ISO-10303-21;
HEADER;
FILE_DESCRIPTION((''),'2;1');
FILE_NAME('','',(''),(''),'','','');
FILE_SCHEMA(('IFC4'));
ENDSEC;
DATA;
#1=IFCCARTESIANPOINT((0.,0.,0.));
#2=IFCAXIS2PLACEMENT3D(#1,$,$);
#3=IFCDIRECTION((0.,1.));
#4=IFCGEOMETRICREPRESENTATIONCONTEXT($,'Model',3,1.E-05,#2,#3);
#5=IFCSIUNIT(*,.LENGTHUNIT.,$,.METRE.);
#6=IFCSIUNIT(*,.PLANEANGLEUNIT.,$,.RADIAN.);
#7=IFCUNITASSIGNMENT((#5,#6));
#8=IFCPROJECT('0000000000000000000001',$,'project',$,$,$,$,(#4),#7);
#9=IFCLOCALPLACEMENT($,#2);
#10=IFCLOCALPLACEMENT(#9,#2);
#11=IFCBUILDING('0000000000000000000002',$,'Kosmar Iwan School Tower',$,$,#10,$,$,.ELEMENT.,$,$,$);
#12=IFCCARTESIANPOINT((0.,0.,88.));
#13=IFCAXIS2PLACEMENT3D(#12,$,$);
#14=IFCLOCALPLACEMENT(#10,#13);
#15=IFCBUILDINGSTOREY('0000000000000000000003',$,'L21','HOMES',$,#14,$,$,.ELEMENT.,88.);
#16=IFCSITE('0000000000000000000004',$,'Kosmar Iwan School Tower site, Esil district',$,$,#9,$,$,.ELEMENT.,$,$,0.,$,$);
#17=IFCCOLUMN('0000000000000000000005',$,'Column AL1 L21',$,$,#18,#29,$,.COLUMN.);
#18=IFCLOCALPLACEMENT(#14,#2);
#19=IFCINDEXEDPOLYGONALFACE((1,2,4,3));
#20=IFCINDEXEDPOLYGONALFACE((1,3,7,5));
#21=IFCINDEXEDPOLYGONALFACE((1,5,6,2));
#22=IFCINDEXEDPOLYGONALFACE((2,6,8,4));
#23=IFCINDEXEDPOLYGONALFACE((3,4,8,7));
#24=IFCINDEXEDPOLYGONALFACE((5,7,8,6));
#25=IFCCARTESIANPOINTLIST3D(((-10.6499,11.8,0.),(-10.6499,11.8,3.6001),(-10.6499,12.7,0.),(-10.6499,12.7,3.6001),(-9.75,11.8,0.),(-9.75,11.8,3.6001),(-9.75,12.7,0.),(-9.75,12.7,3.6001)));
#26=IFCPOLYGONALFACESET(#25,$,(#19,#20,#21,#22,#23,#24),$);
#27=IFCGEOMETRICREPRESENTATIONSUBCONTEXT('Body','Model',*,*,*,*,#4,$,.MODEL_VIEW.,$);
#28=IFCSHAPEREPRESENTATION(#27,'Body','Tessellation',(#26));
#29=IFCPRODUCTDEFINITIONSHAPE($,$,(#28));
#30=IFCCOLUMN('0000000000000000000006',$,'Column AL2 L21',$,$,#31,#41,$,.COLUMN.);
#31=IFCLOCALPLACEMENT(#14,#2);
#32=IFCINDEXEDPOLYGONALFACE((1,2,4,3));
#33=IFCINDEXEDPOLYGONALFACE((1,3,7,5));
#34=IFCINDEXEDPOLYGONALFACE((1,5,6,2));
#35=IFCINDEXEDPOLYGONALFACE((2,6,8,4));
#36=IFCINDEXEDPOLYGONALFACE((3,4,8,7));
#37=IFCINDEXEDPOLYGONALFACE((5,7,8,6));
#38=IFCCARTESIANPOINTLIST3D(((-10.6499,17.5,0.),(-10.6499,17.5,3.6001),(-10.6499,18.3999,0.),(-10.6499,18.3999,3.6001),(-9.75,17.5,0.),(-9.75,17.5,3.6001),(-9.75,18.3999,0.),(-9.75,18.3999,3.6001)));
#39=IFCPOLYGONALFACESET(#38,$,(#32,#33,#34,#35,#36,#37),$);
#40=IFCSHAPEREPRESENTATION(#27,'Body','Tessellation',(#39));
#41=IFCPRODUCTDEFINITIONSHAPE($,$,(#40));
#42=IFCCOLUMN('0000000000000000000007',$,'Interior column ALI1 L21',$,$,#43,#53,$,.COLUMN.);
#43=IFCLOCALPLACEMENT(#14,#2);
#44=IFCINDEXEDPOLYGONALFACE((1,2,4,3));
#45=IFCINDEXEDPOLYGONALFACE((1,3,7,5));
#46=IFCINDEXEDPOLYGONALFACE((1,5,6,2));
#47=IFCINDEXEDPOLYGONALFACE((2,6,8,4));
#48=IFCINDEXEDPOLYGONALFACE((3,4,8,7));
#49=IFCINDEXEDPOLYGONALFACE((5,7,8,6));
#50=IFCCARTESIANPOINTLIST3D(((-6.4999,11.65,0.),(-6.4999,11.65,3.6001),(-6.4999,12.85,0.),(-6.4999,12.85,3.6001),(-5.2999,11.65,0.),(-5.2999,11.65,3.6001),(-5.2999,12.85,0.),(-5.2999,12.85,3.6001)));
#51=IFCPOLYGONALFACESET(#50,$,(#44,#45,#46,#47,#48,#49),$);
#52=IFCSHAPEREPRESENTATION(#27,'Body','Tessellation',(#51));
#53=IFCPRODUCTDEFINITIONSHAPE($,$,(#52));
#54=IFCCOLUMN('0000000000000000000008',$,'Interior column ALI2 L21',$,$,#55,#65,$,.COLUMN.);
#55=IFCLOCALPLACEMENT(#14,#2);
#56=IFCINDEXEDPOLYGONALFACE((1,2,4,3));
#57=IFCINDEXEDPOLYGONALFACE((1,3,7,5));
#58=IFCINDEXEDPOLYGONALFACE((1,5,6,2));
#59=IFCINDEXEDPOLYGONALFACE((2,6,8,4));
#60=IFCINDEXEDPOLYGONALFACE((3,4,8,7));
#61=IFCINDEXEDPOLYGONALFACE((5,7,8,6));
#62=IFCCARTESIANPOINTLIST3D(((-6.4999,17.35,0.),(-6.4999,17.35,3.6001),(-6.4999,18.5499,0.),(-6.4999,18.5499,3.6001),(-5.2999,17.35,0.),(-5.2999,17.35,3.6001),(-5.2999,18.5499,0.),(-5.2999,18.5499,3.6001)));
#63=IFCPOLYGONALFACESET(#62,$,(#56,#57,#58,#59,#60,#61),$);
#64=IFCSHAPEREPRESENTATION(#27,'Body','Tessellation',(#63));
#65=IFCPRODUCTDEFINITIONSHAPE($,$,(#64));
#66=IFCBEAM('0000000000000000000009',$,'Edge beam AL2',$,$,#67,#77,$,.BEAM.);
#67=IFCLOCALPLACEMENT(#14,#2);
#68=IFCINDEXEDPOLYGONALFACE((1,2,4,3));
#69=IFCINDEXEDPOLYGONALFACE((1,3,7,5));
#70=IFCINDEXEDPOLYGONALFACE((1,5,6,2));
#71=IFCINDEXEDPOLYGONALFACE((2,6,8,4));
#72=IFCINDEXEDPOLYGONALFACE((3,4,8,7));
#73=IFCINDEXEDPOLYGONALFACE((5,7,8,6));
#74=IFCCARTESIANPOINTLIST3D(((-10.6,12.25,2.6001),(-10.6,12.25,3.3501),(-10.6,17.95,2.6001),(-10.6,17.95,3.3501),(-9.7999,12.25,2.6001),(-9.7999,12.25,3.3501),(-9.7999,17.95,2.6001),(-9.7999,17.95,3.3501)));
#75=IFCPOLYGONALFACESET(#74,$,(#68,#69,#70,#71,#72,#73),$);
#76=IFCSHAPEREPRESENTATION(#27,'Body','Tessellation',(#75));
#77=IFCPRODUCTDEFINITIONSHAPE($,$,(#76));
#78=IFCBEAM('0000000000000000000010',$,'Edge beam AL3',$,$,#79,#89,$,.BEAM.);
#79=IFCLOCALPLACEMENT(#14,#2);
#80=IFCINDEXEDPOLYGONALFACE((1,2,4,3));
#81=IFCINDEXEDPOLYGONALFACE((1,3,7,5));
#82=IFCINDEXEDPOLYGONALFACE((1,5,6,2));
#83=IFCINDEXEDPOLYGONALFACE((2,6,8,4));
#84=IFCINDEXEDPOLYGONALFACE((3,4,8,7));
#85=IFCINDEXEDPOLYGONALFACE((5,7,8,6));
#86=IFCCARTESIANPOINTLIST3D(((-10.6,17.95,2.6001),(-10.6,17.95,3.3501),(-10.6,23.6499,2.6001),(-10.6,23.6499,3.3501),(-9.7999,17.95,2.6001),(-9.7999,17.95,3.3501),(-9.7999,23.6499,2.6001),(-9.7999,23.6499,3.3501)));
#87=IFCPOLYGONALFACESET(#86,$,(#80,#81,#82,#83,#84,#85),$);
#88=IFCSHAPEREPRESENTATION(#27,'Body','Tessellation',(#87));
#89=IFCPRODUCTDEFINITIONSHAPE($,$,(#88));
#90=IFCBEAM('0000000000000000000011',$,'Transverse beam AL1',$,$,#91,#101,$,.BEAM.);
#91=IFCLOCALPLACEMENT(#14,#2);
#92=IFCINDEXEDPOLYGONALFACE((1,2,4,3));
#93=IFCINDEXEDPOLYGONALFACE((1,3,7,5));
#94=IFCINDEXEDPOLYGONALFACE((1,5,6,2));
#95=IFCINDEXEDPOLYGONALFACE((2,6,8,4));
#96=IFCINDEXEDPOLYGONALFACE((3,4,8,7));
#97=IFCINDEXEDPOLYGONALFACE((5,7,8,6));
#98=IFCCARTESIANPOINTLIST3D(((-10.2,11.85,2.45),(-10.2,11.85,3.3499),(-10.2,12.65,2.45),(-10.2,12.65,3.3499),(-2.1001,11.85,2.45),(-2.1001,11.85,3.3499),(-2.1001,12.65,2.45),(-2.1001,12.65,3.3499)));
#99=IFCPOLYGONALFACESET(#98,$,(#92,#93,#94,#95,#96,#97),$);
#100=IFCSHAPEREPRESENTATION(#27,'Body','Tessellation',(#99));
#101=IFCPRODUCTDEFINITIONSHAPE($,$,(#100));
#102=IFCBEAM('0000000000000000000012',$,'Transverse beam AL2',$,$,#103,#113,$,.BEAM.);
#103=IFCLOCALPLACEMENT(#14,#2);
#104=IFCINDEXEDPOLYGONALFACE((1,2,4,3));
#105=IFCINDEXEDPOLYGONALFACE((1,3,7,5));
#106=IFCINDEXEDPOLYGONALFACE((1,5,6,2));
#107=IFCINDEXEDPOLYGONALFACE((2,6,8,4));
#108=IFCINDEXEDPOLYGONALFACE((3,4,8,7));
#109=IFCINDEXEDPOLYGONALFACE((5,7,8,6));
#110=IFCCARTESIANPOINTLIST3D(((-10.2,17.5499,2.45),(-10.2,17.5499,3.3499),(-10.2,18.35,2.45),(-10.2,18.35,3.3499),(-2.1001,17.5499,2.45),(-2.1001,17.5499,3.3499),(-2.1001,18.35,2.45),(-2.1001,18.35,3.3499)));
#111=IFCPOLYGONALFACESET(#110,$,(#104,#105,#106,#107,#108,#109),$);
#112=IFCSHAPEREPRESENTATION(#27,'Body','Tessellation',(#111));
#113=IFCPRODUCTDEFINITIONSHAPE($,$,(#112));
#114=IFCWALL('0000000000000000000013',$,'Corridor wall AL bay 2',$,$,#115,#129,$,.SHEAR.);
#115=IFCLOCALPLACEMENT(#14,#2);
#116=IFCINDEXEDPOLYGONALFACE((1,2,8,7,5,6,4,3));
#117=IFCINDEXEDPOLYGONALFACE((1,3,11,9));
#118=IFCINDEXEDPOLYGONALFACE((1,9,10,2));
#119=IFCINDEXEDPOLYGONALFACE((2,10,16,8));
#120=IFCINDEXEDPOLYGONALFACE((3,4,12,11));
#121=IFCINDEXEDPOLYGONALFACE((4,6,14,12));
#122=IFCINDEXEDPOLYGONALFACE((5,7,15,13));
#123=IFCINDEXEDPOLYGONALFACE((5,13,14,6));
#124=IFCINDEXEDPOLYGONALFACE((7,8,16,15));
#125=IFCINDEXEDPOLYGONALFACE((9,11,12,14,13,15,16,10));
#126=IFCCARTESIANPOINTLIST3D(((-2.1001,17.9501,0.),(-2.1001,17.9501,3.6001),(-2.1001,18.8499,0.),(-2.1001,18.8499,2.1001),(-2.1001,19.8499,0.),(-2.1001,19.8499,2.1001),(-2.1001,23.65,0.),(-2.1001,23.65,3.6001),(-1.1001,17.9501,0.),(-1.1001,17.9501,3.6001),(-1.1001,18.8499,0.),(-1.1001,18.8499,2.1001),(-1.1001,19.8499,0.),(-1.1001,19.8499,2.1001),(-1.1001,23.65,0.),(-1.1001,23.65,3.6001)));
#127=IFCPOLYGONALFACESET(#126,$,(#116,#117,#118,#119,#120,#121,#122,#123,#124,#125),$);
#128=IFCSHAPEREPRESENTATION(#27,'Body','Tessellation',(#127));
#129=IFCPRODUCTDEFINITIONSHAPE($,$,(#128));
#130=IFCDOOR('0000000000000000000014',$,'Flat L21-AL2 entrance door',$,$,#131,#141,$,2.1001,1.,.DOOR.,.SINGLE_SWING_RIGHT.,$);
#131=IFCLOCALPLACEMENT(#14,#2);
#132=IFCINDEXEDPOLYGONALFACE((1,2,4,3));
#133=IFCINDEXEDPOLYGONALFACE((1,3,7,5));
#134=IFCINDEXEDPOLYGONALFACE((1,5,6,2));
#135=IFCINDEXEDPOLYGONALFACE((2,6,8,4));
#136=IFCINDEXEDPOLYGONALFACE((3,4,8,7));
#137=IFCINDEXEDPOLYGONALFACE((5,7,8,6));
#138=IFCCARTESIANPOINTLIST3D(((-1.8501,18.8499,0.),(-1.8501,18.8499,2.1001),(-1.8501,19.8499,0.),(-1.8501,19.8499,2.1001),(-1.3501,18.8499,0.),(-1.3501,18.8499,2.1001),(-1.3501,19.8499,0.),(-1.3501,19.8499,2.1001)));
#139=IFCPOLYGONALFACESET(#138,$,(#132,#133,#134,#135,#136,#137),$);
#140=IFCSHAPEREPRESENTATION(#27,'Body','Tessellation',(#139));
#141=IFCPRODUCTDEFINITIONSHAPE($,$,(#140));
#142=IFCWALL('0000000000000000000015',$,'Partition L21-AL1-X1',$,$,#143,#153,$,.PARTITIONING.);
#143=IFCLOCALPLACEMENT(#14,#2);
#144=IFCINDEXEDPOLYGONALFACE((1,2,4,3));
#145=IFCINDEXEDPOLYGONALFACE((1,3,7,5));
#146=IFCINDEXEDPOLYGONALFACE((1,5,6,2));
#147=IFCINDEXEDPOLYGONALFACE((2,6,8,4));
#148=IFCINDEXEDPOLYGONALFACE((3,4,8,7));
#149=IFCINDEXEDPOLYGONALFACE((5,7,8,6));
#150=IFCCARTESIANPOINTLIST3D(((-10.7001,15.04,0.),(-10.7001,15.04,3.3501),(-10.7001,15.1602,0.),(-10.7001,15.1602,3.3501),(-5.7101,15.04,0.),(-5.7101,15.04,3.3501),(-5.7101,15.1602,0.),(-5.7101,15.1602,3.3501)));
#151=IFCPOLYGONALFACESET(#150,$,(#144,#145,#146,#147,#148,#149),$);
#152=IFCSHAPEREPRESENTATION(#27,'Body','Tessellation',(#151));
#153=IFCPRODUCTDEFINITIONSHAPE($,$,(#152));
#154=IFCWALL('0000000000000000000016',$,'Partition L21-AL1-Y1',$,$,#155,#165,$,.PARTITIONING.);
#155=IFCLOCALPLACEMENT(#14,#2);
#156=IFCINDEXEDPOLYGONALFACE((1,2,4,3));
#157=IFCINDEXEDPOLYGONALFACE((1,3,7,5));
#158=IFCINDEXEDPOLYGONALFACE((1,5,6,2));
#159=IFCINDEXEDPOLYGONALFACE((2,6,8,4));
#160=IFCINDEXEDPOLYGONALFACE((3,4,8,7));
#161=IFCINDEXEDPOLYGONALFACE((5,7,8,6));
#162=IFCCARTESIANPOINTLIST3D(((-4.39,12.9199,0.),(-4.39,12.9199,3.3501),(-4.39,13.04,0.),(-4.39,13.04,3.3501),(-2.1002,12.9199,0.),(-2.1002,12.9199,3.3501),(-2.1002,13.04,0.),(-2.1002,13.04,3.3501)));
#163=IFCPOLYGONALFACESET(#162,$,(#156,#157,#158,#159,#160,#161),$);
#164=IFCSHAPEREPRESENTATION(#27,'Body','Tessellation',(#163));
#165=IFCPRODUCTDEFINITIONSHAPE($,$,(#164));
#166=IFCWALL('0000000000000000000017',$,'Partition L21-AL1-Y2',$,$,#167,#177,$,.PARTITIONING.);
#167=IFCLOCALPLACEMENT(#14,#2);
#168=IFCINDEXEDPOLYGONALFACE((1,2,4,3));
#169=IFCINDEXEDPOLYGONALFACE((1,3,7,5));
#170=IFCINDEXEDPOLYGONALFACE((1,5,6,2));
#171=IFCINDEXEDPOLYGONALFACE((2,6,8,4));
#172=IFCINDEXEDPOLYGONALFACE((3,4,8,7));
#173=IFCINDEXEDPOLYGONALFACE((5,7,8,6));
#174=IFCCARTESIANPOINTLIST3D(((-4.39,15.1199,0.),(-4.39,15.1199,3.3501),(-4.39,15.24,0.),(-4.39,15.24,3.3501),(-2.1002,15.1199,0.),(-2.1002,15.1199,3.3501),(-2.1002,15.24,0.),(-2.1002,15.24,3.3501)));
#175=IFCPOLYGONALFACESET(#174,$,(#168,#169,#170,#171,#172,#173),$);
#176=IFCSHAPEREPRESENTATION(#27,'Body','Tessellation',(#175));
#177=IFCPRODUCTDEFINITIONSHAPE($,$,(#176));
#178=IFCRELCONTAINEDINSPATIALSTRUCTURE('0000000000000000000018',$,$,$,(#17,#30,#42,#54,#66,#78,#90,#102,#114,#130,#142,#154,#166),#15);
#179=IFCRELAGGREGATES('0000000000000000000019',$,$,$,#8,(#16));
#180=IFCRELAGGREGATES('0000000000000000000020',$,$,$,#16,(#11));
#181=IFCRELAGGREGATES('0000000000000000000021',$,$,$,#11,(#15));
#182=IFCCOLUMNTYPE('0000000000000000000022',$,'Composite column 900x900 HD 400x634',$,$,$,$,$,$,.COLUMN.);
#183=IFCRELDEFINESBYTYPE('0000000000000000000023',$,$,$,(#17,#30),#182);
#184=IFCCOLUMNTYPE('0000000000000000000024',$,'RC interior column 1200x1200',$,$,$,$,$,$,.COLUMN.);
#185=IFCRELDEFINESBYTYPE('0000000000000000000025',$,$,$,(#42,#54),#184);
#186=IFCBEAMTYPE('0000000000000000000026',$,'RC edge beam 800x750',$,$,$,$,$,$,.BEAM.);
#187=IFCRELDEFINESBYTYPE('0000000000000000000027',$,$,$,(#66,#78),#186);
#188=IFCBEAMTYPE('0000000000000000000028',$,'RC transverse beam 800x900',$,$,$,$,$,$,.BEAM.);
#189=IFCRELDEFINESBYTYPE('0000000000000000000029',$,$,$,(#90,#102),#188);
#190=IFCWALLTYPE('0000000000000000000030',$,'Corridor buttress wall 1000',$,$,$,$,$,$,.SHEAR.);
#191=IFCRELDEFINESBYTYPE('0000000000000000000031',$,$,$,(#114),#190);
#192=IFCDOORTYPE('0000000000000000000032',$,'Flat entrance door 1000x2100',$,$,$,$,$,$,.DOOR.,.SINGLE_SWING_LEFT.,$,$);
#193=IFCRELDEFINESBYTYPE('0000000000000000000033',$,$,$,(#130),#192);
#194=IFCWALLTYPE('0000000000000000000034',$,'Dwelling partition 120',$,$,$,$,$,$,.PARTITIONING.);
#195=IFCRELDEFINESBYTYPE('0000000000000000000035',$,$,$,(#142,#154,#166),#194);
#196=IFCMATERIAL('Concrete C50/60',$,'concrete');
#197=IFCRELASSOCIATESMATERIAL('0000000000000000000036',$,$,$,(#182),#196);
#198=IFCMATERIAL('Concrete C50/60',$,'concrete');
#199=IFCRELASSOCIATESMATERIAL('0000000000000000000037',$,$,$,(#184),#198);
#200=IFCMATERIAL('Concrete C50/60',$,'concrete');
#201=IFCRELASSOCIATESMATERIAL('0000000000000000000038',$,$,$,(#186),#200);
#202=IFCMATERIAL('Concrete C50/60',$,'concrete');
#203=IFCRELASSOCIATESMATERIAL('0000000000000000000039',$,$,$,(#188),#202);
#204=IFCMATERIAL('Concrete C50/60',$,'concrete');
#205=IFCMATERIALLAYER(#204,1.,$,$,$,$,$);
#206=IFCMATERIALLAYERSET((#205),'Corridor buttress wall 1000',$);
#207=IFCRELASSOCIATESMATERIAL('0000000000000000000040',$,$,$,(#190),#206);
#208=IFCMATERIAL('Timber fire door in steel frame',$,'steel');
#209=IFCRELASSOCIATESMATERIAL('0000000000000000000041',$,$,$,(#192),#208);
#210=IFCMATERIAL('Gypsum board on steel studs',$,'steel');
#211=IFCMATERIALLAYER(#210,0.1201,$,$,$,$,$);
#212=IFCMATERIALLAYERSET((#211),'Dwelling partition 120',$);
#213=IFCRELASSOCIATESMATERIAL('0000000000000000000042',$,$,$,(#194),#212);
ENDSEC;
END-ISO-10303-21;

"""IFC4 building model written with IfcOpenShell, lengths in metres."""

from ifc_helpers import new_model, si_unit, direction, frame, frame_2d, origin, origin_2d, place, context, subcontext, project, spatial, rectangle, extrude, material, layer, layer_set, material_profile, profile_set, type_object, element, fill, save


model = new_model("IFC4")

# Units and contexts
model_context = context("Model", 3, precision=1e-05, world=origin(), true_north=direction((0.0, 1.0)))
body_context = subcontext(model_context, "Body", "Model", "MODEL_VIEW")
ifc_project = project(units=[si_unit("LENGTHUNIT", "METRE"), si_unit("PLANEANGLEUNIT", "RADIAN")], contexts=[model_context])

# Site, building, storey
site_placement = place(None, origin())
site = spatial("IfcSite", under=ifc_project, at=site_placement, Name="Kosmar Iwan School Tower site, Esil district", CompositionType="ELEMENT", RefElevation=0.0)
building_placement = place(site_placement, origin())
building = spatial("IfcBuilding", under=site, at=building_placement, Name="Kosmar Iwan School Tower", CompositionType="ELEMENT")
storey_placement = place(building_placement, frame((0.0, 0.0, 88.0)))
storey = spatial("IfcBuildingStorey", under=building, at=storey_placement, Name="L21", Description="HOMES", CompositionType="ELEMENT", Elevation=88.0)

# Columns
ifc_material_1 = material(Name="Concrete C50/60", Category="concrete")
ifc_material_profile_1 = material_profile(ifc_material_1, rectangle(XDim=0.8999, YDim=0.8999, at=origin_2d()), Name="RC 900x900 + HD 400x634")
ifc_profile_set_1 = profile_set([ifc_material_profile_1], Name="Concrete C50/60")
column_type_1 = type_object("IfcColumnType", Name="Composite column 900x900 HD 400x634", PredefinedType="COLUMN", material=ifc_profile_set_1)
for number, where, z_axis, x_axis, name in (
    (1, (-10.2, 12.25, 0.0), (0.0, 0.0, 1.0), (0.0, 1.0, 0.0), "Column AL1 L21"),
    (2, (-10.2, 17.95, 0.0), (0.0, 0.0, 1.0), (0.0, 1.0, 0.0), "Column AL2 L21"),
):
    element("IfcColumn", number, at=place(storey_placement, frame(where, z_axis=z_axis, x_axis=x_axis)), inside=storey, type_object=column_type_1, Name=name, PredefinedType="COLUMN", context=body_context, shape_type="SweptSolid", body=[
        extrude(rectangle(XDim=0.8999, YDim=0.8999, at=origin_2d()), origin(), (0.0, 0.0, 1.0), 3.6001),
    ])
ifc_material_2 = material(Name="Concrete C50/60", Category="concrete")
ifc_material_profile_2 = material_profile(ifc_material_2, rectangle(XDim=1.2, YDim=1.2, at=origin_2d()), Name="RC 1200x1200")
ifc_profile_set_2 = profile_set([ifc_material_profile_2], Name="Concrete C50/60")
column_type_2 = type_object("IfcColumnType", Name="RC interior column 1200x1200", PredefinedType="COLUMN", material=ifc_profile_set_2)
for number, where, z_axis, x_axis, name in (
    (3, (-5.8999, 12.25, 0.0), (0.0, 0.0, 1.0), (0.0, 1.0, 0.0), "Interior column ALI1 L21"),
    (4, (-5.8999, 17.95, 0.0), (0.0, 0.0, 1.0), (0.0, 1.0, 0.0), "Interior column ALI2 L21"),
):
    element("IfcColumn", number, at=place(storey_placement, frame(where, z_axis=z_axis, x_axis=x_axis)), inside=storey, type_object=column_type_2, Name=name, PredefinedType="COLUMN", context=body_context, shape_type="SweptSolid", body=[
        extrude(rectangle(XDim=1.2, YDim=1.2, at=origin_2d()), origin(), (0.0, 0.0, 1.0), 3.6001),
    ])

# Beams
ifc_material_3 = material(Name="Concrete C50/60", Category="concrete")
ifc_material_profile_3 = material_profile(ifc_material_3, rectangle(XDim=0.8, YDim=0.75, at=origin_2d()), Name="RC 800x750")
ifc_profile_set_3 = profile_set([ifc_material_profile_3], Name="Concrete C50/60")
beam_type_1 = type_object("IfcBeamType", Name="RC edge beam 800x750", PredefinedType="BEAM", material=ifc_profile_set_3)
for number, where, z_axis, x_axis, name in (
    (5, (-10.2, 12.25, 2.9751), (0.0, 1.0, 0.0), (-1.0, 0.0, 0.0), "Edge beam AL2"),
    (6, (-10.2, 17.95, 2.9751), (0.0, 1.0, 0.0), (-1.0, 0.0, 0.0), "Edge beam AL3"),
):
    element("IfcBeam", number, at=place(storey_placement, frame(where, z_axis=z_axis, x_axis=x_axis)), inside=storey, type_object=beam_type_1, Name=name, PredefinedType="BEAM", context=body_context, shape_type="SweptSolid", body=[
        extrude(rectangle(XDim=0.8, YDim=0.75, at=origin_2d()), origin(), (0.0, 0.0, 1.0), 5.7),
    ])
ifc_material_4 = material(Name="Concrete C50/60", Category="concrete")
ifc_material_profile_4 = material_profile(ifc_material_4, rectangle(XDim=0.8, YDim=0.8999, at=origin_2d()), Name="RC 800x900")
ifc_profile_set_4 = profile_set([ifc_material_profile_4], Name="Concrete C50/60")
beam_type_2 = type_object("IfcBeamType", Name="RC transverse beam 800x900", PredefinedType="BEAM", material=ifc_profile_set_4)
for number, where, z_axis, x_axis, name in (
    (7, (-10.2, 12.25, 2.8999), (1.0, 0.0, 0.0), (0.0, 1.0, 0.0), "Transverse beam AL1"),
    (8, (-10.2, 17.95, 2.8999), (1.0, 0.0, 0.0), (0.0, 1.0, 0.0), "Transverse beam AL2"),
):
    element("IfcBeam", number, at=place(storey_placement, frame(where, z_axis=z_axis, x_axis=x_axis)), inside=storey, type_object=beam_type_2, Name=name, PredefinedType="BEAM", context=body_context, shape_type="SweptSolid", body=[
        extrude(rectangle(XDim=0.8, YDim=0.8999, at=origin_2d()), origin(), (0.0, 0.0, 1.0), 8.0999),
    ])

# Wall, opening, door
ifc_material_5 = material(Name="Concrete C50/60", Category="concrete")
ifc_layer_1 = layer(ifc_material_5, 1.0)
ifc_layer_set_1 = layer_set([ifc_layer_1], Name="Corridor buttress wall 1000")
wall_type_1 = type_object("IfcWallType", Name="Corridor buttress wall 1000", PredefinedType="SHEAR", material=ifc_layer_set_1)
wall_1_placement = place(storey_placement, frame((-1.6001, 17.95, 0.0), z_axis=(0.0, 0.0, 1.0), x_axis=(0.0, 1.0, 0.0)))
wall_1 = element("IfcWall", 9, at=wall_1_placement, inside=storey, type_object=wall_type_1, Name="Corridor wall AL bay 2", PredefinedType="SHEAR", context=body_context, shape_type="SweptSolid", body=[
    extrude(rectangle(XDim=5.7, YDim=1.0, at=frame_2d((2.8501, 0.0))), origin(), (0.0, 0.0, 1.0), 3.6001),
])
opening_1_placement = place(wall_1_placement, frame((0.8999, 0.0, 0.0)))
opening_1 = element("IfcOpeningElement", 10, at=opening_1_placement, cuts=wall_1, PredefinedType="OPENING", context=body_context, shape_type="SweptSolid", body=[
    extrude(rectangle(XDim=1.0, YDim=2.1001, at=frame_2d((0.5, 1.05))), frame((0.0, 0.512, 0.0), z_axis=(0.0, -1.0, 0.0), x_axis=(1.0, 0.0, 0.0)), (0.0, 0.0, 1.0), 1.0239),
])
ifc_material_6 = material(Name="Timber fire door in steel frame", Category="steel")
door_type_1 = type_object("IfcDoorType", Name="Flat entrance door 1000x2100", OperationType="SINGLE_SWING_LEFT", PredefinedType="DOOR", material=ifc_material_6)
door_1_placement = place(opening_1_placement, origin())
door_1 = element("IfcDoor", 11, at=door_1_placement, inside=storey, type_object=door_type_1, Name="Flat L21-AL2 entrance door", OperationType="SINGLE_SWING_RIGHT", OverallHeight=2.1001, OverallWidth=1.0, PredefinedType="DOOR", context=body_context, shape_type="SweptSolid", body=[
    extrude(rectangle(XDim=1.0, YDim=2.1001, at=frame_2d((0.5, 1.05))), frame((0.0, 0.25, 0.0), z_axis=(0.0, -1.0, 0.0), x_axis=(1.0, 0.0, 0.0)), (0.0, 0.0, 1.0), 0.5),
])
fill(opening_1, door_1)

# Walls
ifc_material_7 = material(Name="Gypsum board on steel studs", Category="steel")
ifc_layer_2 = layer(ifc_material_7, 0.1201)
ifc_layer_set_2 = layer_set([ifc_layer_2], Name="Dwelling partition 120")
wall_type_2 = type_object("IfcWallType", Name="Dwelling partition 120", PredefinedType="PARTITIONING", material=ifc_layer_set_2)
wall_2_placement = place(storey_placement, frame((-5.71, 15.1001, 0.0), z_axis=(0.0, 0.0, 1.0), x_axis=(-1.0, 0.0, 0.0)))
element("IfcWall", 12, at=wall_2_placement, inside=storey, type_object=wall_type_2, Name="Partition L21-AL1-X1", PredefinedType="PARTITIONING", context=body_context, shape_type="SweptSolid", body=[
    extrude(rectangle(XDim=4.99, YDim=0.1201, at=frame_2d((2.4951, 0.0))), origin(), (0.0, 0.0, 1.0), 3.3501),
])
for number, where, z_axis, x_axis, name in (
    (13, (-2.1001, 12.98, 0.0), (0.0, 0.0, 1.0), (-1.0, 0.0, 0.0), "Partition L21-AL1-Y1"),
    (14, (-2.1001, 15.1799, 0.0), (0.0, 0.0, 1.0), (-1.0, 0.0, 0.0), "Partition L21-AL1-Y2"),
):
    element("IfcWall", number, at=place(storey_placement, frame(where, z_axis=z_axis, x_axis=x_axis)), inside=storey, type_object=wall_type_2, Name=name, PredefinedType="PARTITIONING", context=body_context, shape_type="SweptSolid", body=[
        extrude(rectangle(XDim=2.2898, YDim=0.1201, at=frame_2d((1.145, 0.0))), origin(), (0.0, 0.0, 1.0), 3.3501),
    ])

save(model, "model.ifc")
